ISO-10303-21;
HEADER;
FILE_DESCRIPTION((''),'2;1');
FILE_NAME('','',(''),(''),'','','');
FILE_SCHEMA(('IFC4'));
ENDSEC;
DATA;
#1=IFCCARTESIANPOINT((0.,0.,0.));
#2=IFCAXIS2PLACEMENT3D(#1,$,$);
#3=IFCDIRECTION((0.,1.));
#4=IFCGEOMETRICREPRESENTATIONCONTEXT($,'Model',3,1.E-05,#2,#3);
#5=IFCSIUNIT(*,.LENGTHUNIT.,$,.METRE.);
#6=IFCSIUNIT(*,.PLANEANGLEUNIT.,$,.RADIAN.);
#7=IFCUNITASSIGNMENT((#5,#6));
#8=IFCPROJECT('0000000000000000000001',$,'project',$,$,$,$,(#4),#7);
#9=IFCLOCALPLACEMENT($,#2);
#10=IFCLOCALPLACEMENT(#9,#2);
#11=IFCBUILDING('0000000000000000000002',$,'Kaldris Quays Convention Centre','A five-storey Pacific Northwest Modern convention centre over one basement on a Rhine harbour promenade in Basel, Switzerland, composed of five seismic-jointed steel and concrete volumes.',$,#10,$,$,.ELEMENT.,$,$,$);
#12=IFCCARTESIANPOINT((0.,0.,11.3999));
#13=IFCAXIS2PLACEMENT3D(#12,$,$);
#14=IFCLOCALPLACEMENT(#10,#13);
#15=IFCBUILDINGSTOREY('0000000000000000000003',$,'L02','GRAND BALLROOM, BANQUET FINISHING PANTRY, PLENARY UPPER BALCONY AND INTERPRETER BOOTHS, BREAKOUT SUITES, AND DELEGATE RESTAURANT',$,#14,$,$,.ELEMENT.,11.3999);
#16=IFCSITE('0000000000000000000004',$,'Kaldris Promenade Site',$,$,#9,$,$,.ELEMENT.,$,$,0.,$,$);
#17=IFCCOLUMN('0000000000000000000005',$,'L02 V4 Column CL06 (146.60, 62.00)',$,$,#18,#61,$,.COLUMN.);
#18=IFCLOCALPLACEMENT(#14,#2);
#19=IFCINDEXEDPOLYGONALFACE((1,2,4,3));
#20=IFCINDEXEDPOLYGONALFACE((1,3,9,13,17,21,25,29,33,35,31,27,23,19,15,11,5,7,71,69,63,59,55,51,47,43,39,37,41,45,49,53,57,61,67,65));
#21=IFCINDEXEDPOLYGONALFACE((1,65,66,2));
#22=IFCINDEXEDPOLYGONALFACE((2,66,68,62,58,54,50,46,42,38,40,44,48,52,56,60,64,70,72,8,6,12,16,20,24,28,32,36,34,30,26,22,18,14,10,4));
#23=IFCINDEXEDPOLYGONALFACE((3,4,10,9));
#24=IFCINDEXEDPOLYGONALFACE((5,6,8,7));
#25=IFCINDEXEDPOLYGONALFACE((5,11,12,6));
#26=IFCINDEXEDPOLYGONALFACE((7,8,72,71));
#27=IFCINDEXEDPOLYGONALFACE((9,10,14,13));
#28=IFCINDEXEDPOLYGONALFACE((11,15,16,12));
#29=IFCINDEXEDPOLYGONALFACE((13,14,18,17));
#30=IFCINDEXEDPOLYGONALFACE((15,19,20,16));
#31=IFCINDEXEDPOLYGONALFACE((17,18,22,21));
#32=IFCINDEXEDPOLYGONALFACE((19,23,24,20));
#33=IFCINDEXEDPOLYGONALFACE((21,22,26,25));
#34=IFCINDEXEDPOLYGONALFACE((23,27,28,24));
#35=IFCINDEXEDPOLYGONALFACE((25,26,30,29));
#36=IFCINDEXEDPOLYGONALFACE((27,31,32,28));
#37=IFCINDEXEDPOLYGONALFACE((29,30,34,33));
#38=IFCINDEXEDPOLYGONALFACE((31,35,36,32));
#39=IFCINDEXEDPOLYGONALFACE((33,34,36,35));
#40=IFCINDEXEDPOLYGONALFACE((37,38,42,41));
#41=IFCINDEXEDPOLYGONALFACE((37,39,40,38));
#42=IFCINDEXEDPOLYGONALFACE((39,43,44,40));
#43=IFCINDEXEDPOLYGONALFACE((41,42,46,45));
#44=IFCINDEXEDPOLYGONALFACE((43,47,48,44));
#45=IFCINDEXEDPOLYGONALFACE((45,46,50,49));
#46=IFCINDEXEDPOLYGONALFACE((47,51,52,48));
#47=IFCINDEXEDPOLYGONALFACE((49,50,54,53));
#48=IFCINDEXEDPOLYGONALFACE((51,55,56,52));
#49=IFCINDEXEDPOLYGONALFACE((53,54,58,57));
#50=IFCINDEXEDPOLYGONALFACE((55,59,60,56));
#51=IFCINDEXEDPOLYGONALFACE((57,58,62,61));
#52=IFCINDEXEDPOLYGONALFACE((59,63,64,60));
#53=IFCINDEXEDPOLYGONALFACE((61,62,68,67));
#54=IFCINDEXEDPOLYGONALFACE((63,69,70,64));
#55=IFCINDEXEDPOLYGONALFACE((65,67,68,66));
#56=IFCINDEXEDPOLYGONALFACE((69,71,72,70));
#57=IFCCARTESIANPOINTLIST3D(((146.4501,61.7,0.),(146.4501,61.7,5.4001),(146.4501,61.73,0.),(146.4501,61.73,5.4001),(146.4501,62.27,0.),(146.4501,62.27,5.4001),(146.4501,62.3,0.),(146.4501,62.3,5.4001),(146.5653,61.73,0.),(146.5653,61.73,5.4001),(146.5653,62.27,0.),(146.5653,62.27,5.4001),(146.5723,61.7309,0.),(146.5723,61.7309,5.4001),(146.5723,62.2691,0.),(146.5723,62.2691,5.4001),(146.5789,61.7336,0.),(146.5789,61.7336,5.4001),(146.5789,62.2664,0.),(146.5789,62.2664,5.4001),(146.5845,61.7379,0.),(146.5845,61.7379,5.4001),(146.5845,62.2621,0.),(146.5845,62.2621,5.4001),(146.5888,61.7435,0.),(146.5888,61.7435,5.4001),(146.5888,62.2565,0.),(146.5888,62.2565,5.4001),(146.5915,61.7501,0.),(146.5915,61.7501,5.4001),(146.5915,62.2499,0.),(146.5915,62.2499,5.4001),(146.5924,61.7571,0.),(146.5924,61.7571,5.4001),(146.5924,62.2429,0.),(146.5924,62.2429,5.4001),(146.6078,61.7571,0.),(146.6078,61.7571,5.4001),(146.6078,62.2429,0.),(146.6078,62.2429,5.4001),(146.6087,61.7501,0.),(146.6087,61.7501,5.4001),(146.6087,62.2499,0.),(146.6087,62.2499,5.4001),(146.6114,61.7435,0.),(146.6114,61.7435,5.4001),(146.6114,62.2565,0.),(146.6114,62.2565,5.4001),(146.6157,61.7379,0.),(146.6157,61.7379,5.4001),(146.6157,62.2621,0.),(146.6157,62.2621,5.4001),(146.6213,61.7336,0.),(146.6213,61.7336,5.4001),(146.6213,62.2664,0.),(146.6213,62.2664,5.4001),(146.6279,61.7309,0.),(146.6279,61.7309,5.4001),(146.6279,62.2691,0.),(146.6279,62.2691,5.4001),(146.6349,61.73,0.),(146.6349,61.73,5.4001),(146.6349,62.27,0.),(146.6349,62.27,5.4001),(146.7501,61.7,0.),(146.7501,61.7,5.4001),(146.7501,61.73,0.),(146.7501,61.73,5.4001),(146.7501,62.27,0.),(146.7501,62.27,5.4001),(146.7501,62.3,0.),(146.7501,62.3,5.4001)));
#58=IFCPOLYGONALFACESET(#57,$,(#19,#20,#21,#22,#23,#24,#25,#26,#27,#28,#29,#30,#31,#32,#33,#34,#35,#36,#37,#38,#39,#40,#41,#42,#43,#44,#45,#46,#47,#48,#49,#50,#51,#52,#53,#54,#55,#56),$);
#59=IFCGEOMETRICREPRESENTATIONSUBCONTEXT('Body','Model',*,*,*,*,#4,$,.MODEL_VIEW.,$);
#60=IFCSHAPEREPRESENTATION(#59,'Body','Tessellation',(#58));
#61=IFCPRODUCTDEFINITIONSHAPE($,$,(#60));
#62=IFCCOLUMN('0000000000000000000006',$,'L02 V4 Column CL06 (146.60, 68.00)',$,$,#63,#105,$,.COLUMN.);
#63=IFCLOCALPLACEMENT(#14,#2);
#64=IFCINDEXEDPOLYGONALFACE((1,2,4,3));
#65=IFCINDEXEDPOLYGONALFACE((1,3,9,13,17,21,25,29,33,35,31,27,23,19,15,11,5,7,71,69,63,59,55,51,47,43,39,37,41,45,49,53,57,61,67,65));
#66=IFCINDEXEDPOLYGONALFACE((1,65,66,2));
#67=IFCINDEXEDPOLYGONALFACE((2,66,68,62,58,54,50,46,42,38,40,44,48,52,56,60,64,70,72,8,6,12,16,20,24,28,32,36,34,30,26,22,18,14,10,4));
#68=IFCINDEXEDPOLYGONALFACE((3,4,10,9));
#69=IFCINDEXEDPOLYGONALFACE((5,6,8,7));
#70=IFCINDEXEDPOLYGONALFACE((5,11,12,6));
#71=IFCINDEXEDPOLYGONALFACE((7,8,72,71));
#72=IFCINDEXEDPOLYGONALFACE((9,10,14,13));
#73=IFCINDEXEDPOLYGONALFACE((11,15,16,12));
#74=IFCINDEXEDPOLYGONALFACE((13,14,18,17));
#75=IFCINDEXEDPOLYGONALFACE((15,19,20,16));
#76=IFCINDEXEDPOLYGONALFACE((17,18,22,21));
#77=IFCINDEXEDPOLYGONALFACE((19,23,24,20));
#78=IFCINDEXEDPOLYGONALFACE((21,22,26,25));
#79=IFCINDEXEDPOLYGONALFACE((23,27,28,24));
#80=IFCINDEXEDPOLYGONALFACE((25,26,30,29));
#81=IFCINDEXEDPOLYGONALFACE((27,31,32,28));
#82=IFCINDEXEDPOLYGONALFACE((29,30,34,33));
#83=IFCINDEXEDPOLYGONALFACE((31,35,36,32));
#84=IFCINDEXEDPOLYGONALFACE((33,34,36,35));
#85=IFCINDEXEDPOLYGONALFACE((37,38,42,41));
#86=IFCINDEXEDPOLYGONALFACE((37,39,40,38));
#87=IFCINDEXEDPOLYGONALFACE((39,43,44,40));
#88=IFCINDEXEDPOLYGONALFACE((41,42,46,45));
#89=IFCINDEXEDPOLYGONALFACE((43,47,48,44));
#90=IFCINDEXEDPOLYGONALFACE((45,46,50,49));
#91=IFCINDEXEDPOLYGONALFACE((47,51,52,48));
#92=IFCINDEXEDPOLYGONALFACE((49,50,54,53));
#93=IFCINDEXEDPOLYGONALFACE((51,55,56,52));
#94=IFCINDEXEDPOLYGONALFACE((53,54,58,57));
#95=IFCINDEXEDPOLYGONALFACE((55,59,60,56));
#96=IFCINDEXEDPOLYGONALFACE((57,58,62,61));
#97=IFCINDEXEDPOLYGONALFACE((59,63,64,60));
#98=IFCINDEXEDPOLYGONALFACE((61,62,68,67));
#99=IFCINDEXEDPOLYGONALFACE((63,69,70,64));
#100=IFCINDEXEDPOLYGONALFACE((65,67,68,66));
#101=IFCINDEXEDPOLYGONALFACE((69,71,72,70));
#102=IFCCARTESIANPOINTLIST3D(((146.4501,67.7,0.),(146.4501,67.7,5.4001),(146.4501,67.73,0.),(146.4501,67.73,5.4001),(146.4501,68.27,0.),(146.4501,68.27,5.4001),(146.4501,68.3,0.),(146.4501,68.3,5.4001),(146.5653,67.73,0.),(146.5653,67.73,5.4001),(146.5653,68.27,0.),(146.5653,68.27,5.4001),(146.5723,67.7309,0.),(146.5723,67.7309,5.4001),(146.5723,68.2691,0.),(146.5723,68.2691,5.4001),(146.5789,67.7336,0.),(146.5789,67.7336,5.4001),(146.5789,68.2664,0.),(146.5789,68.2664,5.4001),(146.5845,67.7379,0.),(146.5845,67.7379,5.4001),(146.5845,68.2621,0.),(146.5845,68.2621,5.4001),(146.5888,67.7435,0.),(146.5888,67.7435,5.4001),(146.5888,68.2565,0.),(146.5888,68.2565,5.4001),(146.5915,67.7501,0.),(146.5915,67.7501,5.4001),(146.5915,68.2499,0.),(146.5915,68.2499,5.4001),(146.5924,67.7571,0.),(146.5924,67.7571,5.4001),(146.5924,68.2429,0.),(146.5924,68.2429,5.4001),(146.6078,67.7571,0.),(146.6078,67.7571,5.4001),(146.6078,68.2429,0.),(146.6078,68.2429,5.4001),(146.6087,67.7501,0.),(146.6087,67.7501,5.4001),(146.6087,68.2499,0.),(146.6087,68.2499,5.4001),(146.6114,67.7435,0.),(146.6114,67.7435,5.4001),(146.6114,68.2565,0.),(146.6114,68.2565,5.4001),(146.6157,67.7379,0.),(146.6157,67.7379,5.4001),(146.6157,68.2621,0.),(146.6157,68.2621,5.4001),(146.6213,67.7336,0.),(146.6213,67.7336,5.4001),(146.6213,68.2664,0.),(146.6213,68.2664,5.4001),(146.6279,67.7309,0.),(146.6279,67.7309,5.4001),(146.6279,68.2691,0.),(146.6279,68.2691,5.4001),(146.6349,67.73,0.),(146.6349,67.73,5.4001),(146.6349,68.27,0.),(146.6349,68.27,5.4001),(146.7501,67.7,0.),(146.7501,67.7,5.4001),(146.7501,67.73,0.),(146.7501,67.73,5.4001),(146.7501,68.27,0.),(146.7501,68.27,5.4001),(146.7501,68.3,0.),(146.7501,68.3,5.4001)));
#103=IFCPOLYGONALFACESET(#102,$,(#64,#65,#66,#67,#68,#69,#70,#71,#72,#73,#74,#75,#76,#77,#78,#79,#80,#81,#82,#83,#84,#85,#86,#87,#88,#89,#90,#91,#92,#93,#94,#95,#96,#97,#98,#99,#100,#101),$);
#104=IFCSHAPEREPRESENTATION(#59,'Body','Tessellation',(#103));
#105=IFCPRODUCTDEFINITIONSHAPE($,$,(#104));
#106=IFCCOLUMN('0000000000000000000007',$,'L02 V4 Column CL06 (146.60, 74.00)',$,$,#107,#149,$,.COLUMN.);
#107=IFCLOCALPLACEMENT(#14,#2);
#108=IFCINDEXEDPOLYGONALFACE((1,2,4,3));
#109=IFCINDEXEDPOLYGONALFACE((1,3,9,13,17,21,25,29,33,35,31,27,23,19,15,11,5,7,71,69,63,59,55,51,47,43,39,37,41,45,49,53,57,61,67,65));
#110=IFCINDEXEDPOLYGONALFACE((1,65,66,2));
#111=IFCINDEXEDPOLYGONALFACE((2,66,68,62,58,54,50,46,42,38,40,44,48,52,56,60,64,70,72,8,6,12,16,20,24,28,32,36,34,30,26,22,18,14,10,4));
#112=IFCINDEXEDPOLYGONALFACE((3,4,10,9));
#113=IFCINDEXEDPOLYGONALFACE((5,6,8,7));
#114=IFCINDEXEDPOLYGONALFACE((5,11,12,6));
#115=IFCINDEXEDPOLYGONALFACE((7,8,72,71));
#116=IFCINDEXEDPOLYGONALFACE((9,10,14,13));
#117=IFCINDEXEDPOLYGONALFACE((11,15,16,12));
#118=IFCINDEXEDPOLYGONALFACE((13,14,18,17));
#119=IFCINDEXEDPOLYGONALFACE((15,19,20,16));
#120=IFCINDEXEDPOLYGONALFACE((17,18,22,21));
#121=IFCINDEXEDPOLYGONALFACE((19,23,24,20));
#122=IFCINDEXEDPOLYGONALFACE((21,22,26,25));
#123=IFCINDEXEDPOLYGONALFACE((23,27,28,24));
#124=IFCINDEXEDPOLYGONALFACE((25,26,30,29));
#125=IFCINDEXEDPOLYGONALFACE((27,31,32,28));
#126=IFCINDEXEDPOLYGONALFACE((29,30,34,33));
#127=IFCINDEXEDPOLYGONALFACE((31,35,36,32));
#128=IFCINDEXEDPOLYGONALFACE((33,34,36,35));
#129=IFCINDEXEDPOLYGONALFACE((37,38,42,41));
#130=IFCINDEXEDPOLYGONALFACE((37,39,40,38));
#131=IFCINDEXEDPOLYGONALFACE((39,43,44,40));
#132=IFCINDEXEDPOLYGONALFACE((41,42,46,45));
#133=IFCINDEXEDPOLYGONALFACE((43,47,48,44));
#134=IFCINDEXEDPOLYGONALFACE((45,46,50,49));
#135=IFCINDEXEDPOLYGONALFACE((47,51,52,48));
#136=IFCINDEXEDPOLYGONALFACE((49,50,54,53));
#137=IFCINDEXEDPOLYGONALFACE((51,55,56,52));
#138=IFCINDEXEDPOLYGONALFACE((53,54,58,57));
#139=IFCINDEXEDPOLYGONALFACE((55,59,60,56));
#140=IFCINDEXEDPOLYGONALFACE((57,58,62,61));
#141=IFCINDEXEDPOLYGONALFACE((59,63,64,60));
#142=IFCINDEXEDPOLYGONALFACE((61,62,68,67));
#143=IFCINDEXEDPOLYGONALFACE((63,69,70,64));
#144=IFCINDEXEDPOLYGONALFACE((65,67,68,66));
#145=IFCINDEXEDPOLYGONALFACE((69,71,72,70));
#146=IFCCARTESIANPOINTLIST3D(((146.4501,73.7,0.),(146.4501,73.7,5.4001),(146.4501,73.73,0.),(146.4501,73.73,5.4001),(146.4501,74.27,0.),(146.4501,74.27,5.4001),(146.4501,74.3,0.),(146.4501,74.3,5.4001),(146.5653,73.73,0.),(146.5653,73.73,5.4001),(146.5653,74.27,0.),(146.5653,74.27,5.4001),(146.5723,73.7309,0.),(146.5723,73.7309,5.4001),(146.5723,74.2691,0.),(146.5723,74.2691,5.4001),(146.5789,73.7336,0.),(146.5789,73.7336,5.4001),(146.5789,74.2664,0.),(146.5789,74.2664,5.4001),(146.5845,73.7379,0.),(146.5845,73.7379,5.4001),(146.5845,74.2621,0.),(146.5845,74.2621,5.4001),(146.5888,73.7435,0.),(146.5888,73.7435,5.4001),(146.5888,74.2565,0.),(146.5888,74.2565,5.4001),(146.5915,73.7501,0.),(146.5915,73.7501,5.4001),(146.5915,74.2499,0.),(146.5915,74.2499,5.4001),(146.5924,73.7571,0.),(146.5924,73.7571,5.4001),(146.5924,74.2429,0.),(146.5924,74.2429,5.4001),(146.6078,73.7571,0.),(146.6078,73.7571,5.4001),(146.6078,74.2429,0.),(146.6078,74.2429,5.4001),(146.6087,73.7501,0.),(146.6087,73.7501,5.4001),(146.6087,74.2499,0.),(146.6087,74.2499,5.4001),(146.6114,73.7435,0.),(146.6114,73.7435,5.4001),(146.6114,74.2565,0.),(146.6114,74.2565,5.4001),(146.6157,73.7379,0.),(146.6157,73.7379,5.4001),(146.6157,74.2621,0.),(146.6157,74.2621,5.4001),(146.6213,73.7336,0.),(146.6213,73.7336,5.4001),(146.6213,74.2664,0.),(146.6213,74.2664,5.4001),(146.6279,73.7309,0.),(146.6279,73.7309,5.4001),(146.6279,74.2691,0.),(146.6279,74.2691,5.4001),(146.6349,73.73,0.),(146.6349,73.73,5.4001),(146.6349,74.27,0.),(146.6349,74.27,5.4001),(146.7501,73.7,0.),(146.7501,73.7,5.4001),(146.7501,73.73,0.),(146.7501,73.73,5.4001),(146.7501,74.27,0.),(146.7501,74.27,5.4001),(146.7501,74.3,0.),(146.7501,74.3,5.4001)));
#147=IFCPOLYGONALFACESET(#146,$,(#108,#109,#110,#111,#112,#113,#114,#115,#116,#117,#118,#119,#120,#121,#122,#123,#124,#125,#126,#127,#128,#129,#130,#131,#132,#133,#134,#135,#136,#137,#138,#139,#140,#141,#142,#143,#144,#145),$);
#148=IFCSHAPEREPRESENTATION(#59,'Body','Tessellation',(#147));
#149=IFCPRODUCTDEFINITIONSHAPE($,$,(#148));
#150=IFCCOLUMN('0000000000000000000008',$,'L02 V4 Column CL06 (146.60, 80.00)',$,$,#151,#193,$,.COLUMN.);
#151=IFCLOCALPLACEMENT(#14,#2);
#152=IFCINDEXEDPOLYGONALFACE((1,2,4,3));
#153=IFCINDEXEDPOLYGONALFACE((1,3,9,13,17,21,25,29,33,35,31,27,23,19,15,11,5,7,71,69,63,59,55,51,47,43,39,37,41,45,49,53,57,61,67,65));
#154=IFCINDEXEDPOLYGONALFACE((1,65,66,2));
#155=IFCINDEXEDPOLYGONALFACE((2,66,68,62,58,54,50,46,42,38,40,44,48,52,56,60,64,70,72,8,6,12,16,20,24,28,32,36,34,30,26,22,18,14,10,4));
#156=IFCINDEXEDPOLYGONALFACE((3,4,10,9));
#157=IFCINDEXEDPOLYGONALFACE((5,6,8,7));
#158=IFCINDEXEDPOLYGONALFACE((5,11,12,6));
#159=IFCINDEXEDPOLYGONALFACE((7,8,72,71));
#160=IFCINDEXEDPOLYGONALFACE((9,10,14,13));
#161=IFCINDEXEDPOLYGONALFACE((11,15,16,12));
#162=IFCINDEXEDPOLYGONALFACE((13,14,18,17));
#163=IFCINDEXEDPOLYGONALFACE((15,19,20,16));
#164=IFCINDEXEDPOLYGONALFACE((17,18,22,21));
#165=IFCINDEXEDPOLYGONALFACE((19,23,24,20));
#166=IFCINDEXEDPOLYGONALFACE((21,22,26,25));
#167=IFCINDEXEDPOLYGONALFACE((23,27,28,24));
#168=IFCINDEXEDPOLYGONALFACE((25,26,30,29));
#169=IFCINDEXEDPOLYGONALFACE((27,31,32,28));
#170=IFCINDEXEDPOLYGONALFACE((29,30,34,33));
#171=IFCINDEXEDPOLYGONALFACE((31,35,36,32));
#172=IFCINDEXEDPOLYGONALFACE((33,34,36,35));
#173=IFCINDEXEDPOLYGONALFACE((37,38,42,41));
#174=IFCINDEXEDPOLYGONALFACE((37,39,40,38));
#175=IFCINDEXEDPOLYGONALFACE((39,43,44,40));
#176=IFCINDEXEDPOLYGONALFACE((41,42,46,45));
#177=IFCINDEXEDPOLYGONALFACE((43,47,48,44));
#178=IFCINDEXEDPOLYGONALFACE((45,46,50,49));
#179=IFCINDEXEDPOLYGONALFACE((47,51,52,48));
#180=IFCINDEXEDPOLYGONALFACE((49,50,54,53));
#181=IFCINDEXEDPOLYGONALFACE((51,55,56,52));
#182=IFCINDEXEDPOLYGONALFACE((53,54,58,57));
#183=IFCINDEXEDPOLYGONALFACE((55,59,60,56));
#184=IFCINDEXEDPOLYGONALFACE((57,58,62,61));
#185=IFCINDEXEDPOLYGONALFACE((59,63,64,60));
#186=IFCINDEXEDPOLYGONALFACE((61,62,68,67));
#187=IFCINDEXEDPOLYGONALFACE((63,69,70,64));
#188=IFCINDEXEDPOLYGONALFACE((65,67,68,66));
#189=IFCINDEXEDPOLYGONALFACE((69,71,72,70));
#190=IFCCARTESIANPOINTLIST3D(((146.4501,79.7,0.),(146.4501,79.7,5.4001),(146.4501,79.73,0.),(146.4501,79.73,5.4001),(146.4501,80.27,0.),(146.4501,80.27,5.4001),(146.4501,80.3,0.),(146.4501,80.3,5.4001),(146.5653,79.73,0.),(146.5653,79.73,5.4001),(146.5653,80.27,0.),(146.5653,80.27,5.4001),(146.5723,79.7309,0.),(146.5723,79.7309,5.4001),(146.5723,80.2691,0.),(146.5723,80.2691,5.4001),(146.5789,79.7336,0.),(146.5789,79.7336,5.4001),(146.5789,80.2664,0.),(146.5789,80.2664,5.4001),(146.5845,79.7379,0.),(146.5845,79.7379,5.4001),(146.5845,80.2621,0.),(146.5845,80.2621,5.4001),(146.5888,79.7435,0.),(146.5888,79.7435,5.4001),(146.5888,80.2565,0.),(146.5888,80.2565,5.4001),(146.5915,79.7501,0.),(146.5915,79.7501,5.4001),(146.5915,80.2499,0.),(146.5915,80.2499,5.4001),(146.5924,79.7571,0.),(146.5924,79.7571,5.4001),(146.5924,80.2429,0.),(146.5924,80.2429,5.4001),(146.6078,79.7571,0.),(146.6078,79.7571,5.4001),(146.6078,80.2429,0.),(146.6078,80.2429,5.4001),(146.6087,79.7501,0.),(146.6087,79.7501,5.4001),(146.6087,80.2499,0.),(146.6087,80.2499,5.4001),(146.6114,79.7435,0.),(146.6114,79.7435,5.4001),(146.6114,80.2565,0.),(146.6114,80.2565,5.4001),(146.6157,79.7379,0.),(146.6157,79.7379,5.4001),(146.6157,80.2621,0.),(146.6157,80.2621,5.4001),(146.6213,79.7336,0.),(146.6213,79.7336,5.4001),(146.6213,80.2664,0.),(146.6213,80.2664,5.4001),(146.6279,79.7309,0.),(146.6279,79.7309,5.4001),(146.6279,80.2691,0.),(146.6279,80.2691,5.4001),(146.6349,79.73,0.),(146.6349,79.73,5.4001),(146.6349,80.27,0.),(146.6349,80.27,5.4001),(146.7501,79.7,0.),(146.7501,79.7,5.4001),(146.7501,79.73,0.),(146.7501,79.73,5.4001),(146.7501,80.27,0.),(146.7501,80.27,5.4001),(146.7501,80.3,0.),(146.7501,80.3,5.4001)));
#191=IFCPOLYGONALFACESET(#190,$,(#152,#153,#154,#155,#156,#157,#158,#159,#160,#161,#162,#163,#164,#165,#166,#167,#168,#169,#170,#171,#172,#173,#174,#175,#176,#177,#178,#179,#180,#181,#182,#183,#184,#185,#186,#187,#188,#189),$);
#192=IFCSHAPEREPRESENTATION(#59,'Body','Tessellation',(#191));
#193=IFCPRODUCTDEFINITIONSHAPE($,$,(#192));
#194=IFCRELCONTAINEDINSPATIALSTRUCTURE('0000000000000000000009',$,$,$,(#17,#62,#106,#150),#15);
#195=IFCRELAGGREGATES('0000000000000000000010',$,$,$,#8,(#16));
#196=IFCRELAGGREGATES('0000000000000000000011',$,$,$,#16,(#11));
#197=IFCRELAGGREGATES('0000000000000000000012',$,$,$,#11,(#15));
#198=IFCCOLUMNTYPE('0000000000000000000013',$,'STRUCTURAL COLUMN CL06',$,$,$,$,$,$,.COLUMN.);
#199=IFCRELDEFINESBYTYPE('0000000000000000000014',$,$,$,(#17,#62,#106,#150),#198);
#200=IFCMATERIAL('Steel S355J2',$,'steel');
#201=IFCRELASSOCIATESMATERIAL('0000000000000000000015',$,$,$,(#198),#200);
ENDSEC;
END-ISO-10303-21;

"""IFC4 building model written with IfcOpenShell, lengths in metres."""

from ifc_helpers import new_model, si_unit, direction, frame, origin, origin_2d, place, context, subcontext, project, spatial, i_section, extrude, material, material_profile, profile_set, type_object, element, save


model = new_model("IFC4")

# Units and contexts
model_context = context("Model", 3, precision=1e-05, world=origin(), true_north=direction((0.0, 1.0)))
body_context = subcontext(model_context, "Body", "Model", "MODEL_VIEW")
ifc_project = project(units=[si_unit("LENGTHUNIT", "METRE"), si_unit("PLANEANGLEUNIT", "RADIAN")], contexts=[model_context])

# Site, building, storey
site_placement = place(None, origin())
site = spatial("IfcSite", under=ifc_project, at=site_placement, Name="Kaldris Promenade Site", CompositionType="ELEMENT", RefElevation=0.0)
building_placement = place(site_placement, origin())
building = spatial("IfcBuilding", under=site, at=building_placement, Name="Kaldris Quays Convention Centre", Description="A five-storey Pacific Northwest Modern convention centre over one basement on a Rhine harbour promenade in Basel, Switzerland, composed of five seismic-jointed steel and concrete volumes.", CompositionType="ELEMENT")
storey_placement = place(building_placement, frame((0.0, 0.0, 11.3999)))
storey = spatial("IfcBuildingStorey", under=building, at=storey_placement, Name="L02", Description="GRAND BALLROOM, BANQUET FINISHING PANTRY, PLENARY UPPER BALCONY AND INTERPRETER BOOTHS, BREAKOUT SUITES, AND DELEGATE RESTAURANT", CompositionType="ELEMENT", Elevation=11.3999)

# Columns
ifc_material_1 = material(Name="Steel S355J2", Category="steel")
ifc_material_profile = material_profile(ifc_material_1, i_section(OverallWidth=0.3, OverallDepth=0.6001, WebThickness=0.0154, FlangeThickness=0.03, FilletRadius=0.0271, at=origin_2d()), Name="HEB 600")
ifc_profile_set = profile_set([ifc_material_profile], Name="Steel S355J2")
column_type = type_object("IfcColumnType", Name="STRUCTURAL COLUMN CL06", PredefinedType="COLUMN", material=ifc_profile_set)
for number, where, z_axis, x_axis, name in (
    (1, (146.6001, 62.0, 0.0), (0.0, 0.0, 1.0), (1.0, 0.0, 0.0), "L02 V4 Column CL06 (146.60, 62.00)"),
    (2, (146.6001, 68.0, 0.0), (0.0, 0.0, 1.0), (1.0, 0.0, 0.0), "L02 V4 Column CL06 (146.60, 68.00)"),
    (3, (146.6001, 74.0, 0.0), (0.0, 0.0, 1.0), (1.0, 0.0, 0.0), "L02 V4 Column CL06 (146.60, 74.00)"),
    (4, (146.6001, 80.0, 0.0), (0.0, 0.0, 1.0), (1.0, 0.0, 0.0), "L02 V4 Column CL06 (146.60, 80.00)"),
):
    element("IfcColumn", number, at=place(storey_placement, frame(where, z_axis=z_axis, x_axis=x_axis)), inside=storey, type_object=column_type, Name=name, PredefinedType="COLUMN", context=body_context, shape_type="SweptSolid", body=[
        extrude(i_section(OverallWidth=0.3, OverallDepth=0.6001, WebThickness=0.0154, FlangeThickness=0.03, FilletRadius=0.0271, at=origin_2d()), origin(), (0.0, 0.0, 1.0), 5.4001),
    ])

save(model, "model.ifc")
